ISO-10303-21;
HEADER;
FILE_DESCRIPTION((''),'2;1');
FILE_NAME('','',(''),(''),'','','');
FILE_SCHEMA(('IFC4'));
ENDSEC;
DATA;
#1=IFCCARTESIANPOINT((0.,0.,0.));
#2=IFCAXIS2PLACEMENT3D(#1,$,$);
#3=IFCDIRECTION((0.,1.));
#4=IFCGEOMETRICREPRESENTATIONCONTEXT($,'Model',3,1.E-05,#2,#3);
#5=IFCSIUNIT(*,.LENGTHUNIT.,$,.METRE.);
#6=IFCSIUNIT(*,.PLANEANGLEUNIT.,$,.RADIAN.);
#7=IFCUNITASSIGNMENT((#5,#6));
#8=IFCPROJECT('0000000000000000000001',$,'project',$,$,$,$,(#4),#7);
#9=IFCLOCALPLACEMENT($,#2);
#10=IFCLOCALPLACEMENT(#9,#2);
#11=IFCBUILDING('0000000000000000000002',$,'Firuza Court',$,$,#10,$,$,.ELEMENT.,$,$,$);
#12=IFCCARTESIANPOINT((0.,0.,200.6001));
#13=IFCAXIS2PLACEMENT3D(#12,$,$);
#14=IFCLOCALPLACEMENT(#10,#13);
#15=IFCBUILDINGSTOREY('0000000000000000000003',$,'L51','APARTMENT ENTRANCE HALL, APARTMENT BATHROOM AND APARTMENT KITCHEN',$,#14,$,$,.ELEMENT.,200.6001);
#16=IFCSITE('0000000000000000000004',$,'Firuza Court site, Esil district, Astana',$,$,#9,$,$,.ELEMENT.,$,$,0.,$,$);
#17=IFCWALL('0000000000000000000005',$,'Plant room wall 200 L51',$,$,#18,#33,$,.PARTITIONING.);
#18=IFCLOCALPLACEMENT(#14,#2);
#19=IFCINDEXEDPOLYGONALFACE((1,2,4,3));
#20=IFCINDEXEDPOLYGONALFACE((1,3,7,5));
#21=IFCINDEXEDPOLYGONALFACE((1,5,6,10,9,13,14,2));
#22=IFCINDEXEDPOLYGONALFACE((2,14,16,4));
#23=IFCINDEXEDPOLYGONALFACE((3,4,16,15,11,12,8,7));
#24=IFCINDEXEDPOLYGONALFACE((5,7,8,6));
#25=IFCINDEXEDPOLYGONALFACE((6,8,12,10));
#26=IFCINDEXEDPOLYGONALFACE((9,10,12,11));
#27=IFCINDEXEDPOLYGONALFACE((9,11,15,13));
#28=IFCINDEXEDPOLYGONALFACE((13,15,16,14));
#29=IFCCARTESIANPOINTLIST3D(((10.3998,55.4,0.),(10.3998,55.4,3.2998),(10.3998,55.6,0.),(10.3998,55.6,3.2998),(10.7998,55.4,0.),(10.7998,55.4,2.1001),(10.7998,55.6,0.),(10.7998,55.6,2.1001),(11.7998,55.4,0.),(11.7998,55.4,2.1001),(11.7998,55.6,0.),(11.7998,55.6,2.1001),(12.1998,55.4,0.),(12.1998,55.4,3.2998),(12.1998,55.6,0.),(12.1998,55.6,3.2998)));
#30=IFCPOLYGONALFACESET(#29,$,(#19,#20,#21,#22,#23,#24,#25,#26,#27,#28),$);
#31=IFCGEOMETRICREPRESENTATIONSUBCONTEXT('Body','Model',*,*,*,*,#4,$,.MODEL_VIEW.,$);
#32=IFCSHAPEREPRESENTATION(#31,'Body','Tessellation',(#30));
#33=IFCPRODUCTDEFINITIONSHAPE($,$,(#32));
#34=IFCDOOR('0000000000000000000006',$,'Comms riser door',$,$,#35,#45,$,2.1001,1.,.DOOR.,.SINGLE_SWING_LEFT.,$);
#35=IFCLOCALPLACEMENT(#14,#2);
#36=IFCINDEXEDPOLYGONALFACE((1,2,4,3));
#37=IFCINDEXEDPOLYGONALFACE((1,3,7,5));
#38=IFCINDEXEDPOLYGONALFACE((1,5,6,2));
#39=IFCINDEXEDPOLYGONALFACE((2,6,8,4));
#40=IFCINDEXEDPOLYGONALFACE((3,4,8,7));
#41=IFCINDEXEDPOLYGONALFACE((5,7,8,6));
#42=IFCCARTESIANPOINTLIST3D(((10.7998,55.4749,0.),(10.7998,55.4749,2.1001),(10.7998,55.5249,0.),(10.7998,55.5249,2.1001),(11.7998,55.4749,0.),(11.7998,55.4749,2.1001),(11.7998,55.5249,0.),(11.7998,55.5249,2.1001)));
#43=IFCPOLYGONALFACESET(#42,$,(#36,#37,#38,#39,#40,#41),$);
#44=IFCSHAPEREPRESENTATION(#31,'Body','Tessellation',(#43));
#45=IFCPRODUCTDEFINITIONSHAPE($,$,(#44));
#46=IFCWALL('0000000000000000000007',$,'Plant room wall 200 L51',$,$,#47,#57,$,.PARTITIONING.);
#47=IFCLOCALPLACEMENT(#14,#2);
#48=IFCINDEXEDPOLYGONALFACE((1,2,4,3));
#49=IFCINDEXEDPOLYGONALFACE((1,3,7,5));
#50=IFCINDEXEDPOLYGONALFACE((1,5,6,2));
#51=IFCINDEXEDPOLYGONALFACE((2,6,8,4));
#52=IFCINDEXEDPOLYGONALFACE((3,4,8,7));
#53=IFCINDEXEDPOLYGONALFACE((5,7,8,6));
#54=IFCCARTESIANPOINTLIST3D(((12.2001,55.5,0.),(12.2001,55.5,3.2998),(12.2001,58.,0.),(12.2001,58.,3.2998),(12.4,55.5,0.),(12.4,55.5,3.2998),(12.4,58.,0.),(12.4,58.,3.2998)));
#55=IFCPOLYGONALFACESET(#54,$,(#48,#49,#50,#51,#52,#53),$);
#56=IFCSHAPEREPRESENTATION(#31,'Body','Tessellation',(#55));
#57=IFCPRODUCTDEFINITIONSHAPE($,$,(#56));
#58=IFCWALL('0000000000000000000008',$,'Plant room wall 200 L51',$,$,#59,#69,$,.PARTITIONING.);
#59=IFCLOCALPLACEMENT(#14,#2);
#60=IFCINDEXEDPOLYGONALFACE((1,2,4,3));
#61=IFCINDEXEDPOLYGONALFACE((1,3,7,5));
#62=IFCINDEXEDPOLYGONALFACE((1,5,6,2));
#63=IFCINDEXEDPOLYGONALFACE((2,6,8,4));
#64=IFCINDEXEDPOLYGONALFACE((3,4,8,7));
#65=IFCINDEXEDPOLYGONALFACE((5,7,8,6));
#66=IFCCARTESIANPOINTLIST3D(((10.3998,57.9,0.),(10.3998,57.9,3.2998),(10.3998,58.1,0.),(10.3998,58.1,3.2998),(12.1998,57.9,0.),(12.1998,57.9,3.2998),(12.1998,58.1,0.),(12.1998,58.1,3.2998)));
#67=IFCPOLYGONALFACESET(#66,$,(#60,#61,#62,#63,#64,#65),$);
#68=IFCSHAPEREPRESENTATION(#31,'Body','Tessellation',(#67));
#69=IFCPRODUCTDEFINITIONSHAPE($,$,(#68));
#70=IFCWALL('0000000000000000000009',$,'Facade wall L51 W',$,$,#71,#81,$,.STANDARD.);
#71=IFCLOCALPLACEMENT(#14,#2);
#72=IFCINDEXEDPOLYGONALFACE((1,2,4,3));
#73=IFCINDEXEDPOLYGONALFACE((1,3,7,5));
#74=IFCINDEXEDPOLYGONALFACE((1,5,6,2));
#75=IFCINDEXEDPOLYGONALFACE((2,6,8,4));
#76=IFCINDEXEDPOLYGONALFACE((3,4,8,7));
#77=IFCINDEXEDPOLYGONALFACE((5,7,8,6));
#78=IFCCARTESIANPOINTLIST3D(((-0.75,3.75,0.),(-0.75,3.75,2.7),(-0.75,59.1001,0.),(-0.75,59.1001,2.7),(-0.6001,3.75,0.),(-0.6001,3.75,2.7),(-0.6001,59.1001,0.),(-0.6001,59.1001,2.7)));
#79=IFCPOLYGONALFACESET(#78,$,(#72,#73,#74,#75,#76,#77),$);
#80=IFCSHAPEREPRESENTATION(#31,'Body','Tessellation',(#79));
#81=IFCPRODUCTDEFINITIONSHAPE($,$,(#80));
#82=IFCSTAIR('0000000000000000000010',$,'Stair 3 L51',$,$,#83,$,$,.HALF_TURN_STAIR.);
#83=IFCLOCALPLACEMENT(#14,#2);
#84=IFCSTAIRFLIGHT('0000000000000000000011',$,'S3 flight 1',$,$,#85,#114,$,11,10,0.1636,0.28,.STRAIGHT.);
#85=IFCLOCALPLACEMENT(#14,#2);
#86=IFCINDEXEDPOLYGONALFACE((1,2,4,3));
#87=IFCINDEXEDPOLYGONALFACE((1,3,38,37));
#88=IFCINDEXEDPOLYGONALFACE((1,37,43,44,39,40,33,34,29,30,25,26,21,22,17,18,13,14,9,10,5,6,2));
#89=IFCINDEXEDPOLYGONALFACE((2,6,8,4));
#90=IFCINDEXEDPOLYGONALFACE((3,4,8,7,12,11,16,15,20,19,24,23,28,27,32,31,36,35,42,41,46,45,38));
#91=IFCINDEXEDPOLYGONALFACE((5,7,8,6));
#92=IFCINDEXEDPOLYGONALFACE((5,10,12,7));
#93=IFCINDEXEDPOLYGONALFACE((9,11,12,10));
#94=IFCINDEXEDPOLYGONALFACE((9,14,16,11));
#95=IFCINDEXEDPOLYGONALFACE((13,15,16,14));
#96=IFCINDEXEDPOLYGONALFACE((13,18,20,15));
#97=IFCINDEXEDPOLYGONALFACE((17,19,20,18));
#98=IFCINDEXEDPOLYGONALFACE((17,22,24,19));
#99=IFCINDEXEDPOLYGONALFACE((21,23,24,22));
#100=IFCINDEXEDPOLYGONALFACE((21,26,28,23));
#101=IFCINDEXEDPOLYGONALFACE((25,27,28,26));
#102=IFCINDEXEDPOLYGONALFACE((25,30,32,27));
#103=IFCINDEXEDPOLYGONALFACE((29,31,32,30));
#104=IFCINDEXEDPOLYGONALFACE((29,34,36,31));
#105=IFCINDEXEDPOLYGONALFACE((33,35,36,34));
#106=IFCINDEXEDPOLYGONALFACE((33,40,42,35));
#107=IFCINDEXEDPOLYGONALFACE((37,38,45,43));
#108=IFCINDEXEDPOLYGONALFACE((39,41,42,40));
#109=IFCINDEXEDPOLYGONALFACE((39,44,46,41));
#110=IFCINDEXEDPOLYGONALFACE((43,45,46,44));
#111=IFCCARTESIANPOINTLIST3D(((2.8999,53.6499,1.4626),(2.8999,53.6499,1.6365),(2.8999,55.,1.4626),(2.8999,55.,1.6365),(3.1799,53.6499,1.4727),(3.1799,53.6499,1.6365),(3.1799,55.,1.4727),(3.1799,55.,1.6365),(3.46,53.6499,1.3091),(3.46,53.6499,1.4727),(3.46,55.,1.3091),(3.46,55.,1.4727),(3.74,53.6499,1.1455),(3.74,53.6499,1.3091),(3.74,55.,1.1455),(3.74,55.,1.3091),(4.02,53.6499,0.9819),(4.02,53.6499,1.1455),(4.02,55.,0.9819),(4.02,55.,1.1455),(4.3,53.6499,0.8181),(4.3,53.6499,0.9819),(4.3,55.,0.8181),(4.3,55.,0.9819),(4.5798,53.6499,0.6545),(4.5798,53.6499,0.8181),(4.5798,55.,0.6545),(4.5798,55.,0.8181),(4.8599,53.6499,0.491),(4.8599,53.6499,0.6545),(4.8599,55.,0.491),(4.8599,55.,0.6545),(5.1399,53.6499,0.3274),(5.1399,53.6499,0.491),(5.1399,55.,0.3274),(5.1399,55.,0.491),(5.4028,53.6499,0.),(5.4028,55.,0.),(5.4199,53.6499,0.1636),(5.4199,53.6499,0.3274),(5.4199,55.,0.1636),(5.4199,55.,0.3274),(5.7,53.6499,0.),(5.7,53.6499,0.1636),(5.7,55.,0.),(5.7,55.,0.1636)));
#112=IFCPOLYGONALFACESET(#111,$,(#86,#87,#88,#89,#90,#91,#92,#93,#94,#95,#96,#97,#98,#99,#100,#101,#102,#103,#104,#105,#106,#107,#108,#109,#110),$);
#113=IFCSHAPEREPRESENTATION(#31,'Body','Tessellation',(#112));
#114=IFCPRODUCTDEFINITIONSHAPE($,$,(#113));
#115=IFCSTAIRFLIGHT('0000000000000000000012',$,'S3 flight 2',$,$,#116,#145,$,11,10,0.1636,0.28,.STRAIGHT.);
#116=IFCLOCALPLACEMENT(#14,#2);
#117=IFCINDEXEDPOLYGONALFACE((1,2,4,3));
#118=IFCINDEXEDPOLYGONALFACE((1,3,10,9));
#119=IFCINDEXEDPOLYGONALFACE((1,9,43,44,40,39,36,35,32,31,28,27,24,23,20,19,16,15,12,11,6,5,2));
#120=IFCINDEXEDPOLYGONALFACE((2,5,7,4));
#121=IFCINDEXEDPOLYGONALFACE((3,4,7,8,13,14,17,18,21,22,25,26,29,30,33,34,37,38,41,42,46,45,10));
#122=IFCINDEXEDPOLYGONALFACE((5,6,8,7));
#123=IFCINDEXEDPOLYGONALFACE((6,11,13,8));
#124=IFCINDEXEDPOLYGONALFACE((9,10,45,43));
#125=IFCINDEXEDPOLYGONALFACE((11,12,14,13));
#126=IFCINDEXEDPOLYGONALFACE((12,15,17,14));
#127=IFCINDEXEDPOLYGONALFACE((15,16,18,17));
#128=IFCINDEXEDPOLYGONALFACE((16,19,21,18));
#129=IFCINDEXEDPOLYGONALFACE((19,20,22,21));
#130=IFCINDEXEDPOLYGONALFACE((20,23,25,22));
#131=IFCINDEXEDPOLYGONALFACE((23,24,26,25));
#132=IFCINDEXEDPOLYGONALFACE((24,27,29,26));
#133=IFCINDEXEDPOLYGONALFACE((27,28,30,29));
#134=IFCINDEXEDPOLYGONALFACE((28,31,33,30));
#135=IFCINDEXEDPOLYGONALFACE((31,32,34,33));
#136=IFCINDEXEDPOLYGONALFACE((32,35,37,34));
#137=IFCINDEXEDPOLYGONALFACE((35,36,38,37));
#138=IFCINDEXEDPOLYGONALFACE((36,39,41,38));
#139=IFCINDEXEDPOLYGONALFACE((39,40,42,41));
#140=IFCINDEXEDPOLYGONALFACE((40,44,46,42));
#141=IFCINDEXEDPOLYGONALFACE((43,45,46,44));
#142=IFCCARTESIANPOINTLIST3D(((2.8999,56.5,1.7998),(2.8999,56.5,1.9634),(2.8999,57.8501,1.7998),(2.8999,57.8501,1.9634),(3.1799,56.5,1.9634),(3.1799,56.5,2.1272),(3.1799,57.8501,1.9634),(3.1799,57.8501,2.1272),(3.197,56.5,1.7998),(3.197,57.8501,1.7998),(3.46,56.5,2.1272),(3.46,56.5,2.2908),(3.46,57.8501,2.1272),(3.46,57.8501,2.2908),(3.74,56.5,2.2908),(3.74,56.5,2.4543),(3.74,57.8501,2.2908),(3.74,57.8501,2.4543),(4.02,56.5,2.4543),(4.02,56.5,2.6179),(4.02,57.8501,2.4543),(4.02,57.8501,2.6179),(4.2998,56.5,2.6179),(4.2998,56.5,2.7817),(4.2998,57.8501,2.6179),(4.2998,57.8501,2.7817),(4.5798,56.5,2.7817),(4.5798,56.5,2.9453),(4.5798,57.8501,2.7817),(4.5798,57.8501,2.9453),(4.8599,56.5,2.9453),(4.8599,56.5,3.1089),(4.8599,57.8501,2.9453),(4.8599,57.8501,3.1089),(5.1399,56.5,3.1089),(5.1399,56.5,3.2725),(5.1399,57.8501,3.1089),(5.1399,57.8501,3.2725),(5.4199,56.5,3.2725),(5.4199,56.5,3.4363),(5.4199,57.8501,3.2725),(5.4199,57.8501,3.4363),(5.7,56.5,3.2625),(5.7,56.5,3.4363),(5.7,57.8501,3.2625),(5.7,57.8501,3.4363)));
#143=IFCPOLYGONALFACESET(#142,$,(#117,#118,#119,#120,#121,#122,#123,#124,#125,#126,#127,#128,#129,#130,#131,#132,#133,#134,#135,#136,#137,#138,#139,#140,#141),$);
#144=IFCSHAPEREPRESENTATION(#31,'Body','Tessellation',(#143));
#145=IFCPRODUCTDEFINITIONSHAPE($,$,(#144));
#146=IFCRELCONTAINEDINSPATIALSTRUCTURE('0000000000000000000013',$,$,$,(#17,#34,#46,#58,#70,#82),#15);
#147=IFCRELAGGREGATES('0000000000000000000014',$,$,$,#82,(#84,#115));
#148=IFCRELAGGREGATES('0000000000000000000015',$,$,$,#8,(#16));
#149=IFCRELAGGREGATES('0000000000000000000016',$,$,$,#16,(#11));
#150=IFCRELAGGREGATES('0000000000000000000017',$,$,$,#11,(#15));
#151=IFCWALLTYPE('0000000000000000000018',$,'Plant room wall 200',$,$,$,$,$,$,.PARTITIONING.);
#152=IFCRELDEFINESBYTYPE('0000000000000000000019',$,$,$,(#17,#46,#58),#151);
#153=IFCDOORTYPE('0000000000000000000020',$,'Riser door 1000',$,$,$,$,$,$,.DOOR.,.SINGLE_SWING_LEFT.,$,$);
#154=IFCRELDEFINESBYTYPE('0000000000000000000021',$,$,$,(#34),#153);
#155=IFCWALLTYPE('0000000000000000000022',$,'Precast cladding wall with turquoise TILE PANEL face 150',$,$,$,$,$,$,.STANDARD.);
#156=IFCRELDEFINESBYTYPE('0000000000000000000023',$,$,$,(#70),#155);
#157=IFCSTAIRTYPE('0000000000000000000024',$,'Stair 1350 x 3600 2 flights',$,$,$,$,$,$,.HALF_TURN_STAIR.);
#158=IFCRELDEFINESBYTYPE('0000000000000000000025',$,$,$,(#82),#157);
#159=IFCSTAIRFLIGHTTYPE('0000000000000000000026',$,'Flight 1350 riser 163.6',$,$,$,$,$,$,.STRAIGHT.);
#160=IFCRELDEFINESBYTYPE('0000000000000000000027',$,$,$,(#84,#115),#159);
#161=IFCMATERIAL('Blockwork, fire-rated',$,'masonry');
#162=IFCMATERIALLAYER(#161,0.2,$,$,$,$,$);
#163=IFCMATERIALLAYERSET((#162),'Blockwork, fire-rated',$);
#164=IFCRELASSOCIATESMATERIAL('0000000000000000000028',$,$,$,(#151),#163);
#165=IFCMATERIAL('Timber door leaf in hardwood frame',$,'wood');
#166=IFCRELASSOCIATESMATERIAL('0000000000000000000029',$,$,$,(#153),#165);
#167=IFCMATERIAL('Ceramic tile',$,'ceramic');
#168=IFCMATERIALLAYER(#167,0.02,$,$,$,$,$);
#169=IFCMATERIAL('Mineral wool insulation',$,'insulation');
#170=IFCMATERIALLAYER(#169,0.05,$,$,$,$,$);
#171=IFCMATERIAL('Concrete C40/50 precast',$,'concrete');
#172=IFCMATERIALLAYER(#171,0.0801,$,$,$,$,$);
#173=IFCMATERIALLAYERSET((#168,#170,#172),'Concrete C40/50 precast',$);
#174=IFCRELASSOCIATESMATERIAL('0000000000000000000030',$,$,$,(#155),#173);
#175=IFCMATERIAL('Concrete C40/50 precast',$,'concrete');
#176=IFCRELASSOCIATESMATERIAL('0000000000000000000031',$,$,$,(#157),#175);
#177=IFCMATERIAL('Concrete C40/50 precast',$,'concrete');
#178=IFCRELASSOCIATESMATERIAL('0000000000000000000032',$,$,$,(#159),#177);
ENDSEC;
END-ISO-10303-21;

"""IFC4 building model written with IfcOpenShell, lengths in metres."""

from ifc_helpers import new_model, si_unit, direction, frame, frame_2d, origin, place, context, subcontext, project, spatial, polyline, rectangle, outline, extrude, material, layer, layer_set, type_object, element, fill, aggregate, save


model = new_model("IFC4")

# Units and contexts
model_context = context("Model", 3, precision=1e-05, world=origin(), true_north=direction((0.0, 1.0)))
body_context = subcontext(model_context, "Body", "Model", "MODEL_VIEW")
ifc_project = project(units=[si_unit("LENGTHUNIT", "METRE"), si_unit("PLANEANGLEUNIT", "RADIAN")], contexts=[model_context])

# Site, building, storey
site_placement = place(None, origin())
site = spatial("IfcSite", under=ifc_project, at=site_placement, Name="Firuza Court site, Esil district, Astana", CompositionType="ELEMENT", RefElevation=0.0)
building_placement = place(site_placement, origin())
building = spatial("IfcBuilding", under=site, at=building_placement, Name="Firuza Court", CompositionType="ELEMENT")
storey_placement = place(building_placement, frame((0.0, 0.0, 200.6001)))
storey = spatial("IfcBuildingStorey", under=building, at=storey_placement, Name="L51", Description="APARTMENT ENTRANCE HALL, APARTMENT BATHROOM AND APARTMENT KITCHEN", CompositionType="ELEMENT", Elevation=200.6001)

# Shared definitions
ifc_material_1 = material(Name="Blockwork, fire-rated", Category="masonry")
ifc_layer_1 = layer(ifc_material_1, 0.2)
ifc_layer_set_1 = layer_set([ifc_layer_1], Name="Blockwork, fire-rated")
wall_type_1 = type_object("IfcWallType", Name="Plant room wall 200", PredefinedType="PARTITIONING", material=ifc_layer_set_1)

# Wall, opening, door
wall_1_placement = place(storey_placement, frame((10.3999, 55.5, 0.0), z_axis=(0.0, 0.0, 1.0), x_axis=(1.0, 0.0, 0.0)))
wall_1 = element("IfcWall", 1, at=wall_1_placement, inside=storey, type_object=wall_type_1, Name="Plant room wall 200 L51", PredefinedType="PARTITIONING", context=body_context, shape_type="SweptSolid", body=[
    extrude(rectangle(XDim=1.8, YDim=0.2, at=frame_2d((0.8999, 0.0))), origin(), (0.0, 0.0, 1.0), 3.2998),
])
opening_placement = place(wall_1_placement, frame((0.3999, 0.0, 0.0)))
opening = element("IfcOpeningElement", 2, at=opening_placement, cuts=wall_1, PredefinedType="OPENING", context=body_context, shape_type="SweptSolid", body=[
    extrude(rectangle(XDim=1.0, YDim=2.1001, at=frame_2d((0.5, 1.05))), frame((0.0, 0.1118, 0.0), z_axis=(0.0, -1.0, 0.0), x_axis=(1.0, 0.0, 0.0)), (0.0, 0.0, 1.0), 0.2239),
])
ifc_material_2 = material(Name="Timber door leaf in hardwood frame", Category="wood")
door_type = type_object("IfcDoorType", Name="Riser door 1000", OperationType="SINGLE_SWING_LEFT", PredefinedType="DOOR", material=ifc_material_2)
door_placement = place(opening_placement, origin())
door = element("IfcDoor", 3, at=door_placement, inside=storey, type_object=door_type, Name="Comms riser door", OperationType="SINGLE_SWING_LEFT", OverallHeight=2.1001, OverallWidth=1.0, PredefinedType="DOOR", context=body_context, shape_type="SweptSolid", body=[
    extrude(rectangle(XDim=1.0, YDim=2.1001, at=frame_2d((0.5, 1.05))), frame((0.0, 0.0249, 0.0), z_axis=(0.0, -1.0, 0.0), x_axis=(1.0, 0.0, 0.0)), (0.0, 0.0, 1.0), 0.05),
])
fill(opening, door)

# Walls
wall_2_placement = place(storey_placement, frame((12.3, 55.5, 0.0), z_axis=(0.0, 0.0, 1.0), x_axis=(0.0, 1.0, 0.0)))
element("IfcWall", 4, at=wall_2_placement, inside=storey, type_object=wall_type_1, Name="Plant room wall 200 L51", PredefinedType="PARTITIONING", context=body_context, shape_type="SweptSolid", body=[
    extrude(rectangle(XDim=2.5, YDim=0.2, at=frame_2d((1.25, 0.0))), origin(), (0.0, 0.0, 1.0), 3.2998),
])
wall_3_placement = place(storey_placement, frame((10.3999, 58.0, 0.0), z_axis=(0.0, 0.0, 1.0), x_axis=(1.0, 0.0, 0.0)))
element("IfcWall", 5, at=wall_3_placement, inside=storey, type_object=wall_type_1, Name="Plant room wall 200 L51", PredefinedType="PARTITIONING", context=body_context, shape_type="SweptSolid", body=[
    extrude(rectangle(XDim=1.8, YDim=0.2, at=frame_2d((0.8999, 0.0))), origin(), (0.0, 0.0, 1.0), 3.2998),
])
ifc_material_3 = material(Name="Ceramic tile", Category="ceramic")
ifc_layer_2 = layer(ifc_material_3, 0.02)
ifc_material_4 = material(Name="Mineral wool insulation", Category="insulation")
ifc_layer_3 = layer(ifc_material_4, 0.05)
ifc_material_5 = material(Name="Concrete C40/50 precast", Category="concrete")
ifc_layer_4 = layer(ifc_material_5, 0.0801)
ifc_layer_set_2 = layer_set([ifc_layer_2, ifc_layer_3, ifc_layer_4], Name="Concrete C40/50 precast")
wall_type_2 = type_object("IfcWallType", Name="Precast cladding wall with turquoise TILE PANEL face 150", PredefinedType="STANDARD", material=ifc_layer_set_2)
wall_4_placement = place(storey_placement, frame((-0.675, 59.1001, 0.0), z_axis=(0.0, 0.0, 1.0), x_axis=(0.0, -1.0, 0.0)))
element("IfcWall", 6, at=wall_4_placement, inside=storey, type_object=wall_type_2, Name="Facade wall L51 W", PredefinedType="STANDARD", context=body_context, shape_type="SweptSolid", body=[
    extrude(rectangle(XDim=55.3501, YDim=0.1499, at=frame_2d((27.675, 0.0))), origin(), (0.0, 0.0, 1.0), 2.7),
])

# Stair, stair flights
ifc_material_6 = material(Name="Concrete C40/50 precast", Category="concrete")
stair_type = type_object("IfcStairType", Name="Stair 1350 x 3600 2 flights", PredefinedType="HALF_TURN_STAIR", material=ifc_material_6)
stair_placement = place(storey_placement, origin())
stair = element("IfcStair", 7, at=stair_placement, inside=storey, type_object=stair_type, Name="Stair 3 L51", PredefinedType="HALF_TURN_STAIR")
ifc_material_7 = material(Name="Concrete C40/50 precast", Category="concrete")
stair_flight_type = type_object("IfcStairFlightType", Name="Flight 1350 riser 163.6", PredefinedType="STRAIGHT", material=ifc_material_7)
stair_flight_1_placement = place(storey_placement, frame((5.7, 54.325, 0.0), z_axis=(0.0, 0.0, 1.0), x_axis=(-1.0, 0.0, 0.0)))
stair_flight_1 = element("IfcStairFlight", 8, at=stair_flight_1_placement, type_object=stair_flight_type, Name="S3 flight 1", NumberOfRisers=11, NumberOfTreads=10, PredefinedType="STRAIGHT", RiserHeight=0.1636, TreadLength=0.28, context=body_context, shape_type="SweptSolid", body=[
    extrude(outline(polyline([(0.0, 0.0), (0.0, 0.1636), (0.28, 0.1636), (0.28, 0.3274), (0.5601, 0.3274), (0.5601, 0.491), (0.8401, 0.491), (0.8401, 0.6545), (1.1201, 0.6545), (1.1201, 0.8181), (1.3999, 0.8181), (1.3999, 0.9819), (1.6799, 0.9819), (1.6799, 1.1455), (1.96, 1.1455), (1.96, 1.3091), (2.24, 1.3091), (2.24, 1.4727), (2.52, 1.4727), (2.52, 1.6365), (2.8, 1.6365), (2.8, 1.8), (2.8, 1.4626), (0.2971, 0.0), (0.0, 0.0)])), frame((0.0, 0.675, 0.0), z_axis=(0.0, -1.0, 0.0), x_axis=(1.0, 0.0, 0.0)), (0.0, 0.0, 1.0), 1.3501),
])
stair_flight_2_placement = place(storey_placement, frame((2.8999, 57.175, 1.7998), z_axis=(0.0, 0.0, 1.0), x_axis=(1.0, 0.0, 0.0)))
stair_flight_2 = element("IfcStairFlight", 9, at=stair_flight_2_placement, type_object=stair_flight_type, Name="S3 flight 2", NumberOfRisers=11, NumberOfTreads=10, PredefinedType="STRAIGHT", RiserHeight=0.1636, TreadLength=0.28, context=body_context, shape_type="SweptSolid", body=[
    extrude(outline(polyline([(0.0, 0.0), (0.0, 0.1636), (0.28, 0.1636), (0.28, 0.3274), (0.5601, 0.3274), (0.5601, 0.491), (0.8401, 0.491), (0.8401, 0.6545), (1.1201, 0.6545), (1.1201, 0.8181), (1.3999, 0.8181), (1.3999, 0.9819), (1.6799, 0.9819), (1.6799, 1.1455), (1.96, 1.1455), (1.96, 1.3091), (2.24, 1.3091), (2.24, 1.4727), (2.52, 1.4727), (2.52, 1.6365), (2.8, 1.6365), (2.8, 1.8), (2.8, 1.4626), (0.2971, 0.0), (0.0, 0.0)])), frame((0.0, 0.675, 0.0), z_axis=(0.0, -1.0, 0.0), x_axis=(1.0, 0.0, 0.0)), (0.0, 0.0, 1.0), 1.3501),
])
aggregate(stair, [stair_flight_1, stair_flight_2])

save(model, "model.ifc")
